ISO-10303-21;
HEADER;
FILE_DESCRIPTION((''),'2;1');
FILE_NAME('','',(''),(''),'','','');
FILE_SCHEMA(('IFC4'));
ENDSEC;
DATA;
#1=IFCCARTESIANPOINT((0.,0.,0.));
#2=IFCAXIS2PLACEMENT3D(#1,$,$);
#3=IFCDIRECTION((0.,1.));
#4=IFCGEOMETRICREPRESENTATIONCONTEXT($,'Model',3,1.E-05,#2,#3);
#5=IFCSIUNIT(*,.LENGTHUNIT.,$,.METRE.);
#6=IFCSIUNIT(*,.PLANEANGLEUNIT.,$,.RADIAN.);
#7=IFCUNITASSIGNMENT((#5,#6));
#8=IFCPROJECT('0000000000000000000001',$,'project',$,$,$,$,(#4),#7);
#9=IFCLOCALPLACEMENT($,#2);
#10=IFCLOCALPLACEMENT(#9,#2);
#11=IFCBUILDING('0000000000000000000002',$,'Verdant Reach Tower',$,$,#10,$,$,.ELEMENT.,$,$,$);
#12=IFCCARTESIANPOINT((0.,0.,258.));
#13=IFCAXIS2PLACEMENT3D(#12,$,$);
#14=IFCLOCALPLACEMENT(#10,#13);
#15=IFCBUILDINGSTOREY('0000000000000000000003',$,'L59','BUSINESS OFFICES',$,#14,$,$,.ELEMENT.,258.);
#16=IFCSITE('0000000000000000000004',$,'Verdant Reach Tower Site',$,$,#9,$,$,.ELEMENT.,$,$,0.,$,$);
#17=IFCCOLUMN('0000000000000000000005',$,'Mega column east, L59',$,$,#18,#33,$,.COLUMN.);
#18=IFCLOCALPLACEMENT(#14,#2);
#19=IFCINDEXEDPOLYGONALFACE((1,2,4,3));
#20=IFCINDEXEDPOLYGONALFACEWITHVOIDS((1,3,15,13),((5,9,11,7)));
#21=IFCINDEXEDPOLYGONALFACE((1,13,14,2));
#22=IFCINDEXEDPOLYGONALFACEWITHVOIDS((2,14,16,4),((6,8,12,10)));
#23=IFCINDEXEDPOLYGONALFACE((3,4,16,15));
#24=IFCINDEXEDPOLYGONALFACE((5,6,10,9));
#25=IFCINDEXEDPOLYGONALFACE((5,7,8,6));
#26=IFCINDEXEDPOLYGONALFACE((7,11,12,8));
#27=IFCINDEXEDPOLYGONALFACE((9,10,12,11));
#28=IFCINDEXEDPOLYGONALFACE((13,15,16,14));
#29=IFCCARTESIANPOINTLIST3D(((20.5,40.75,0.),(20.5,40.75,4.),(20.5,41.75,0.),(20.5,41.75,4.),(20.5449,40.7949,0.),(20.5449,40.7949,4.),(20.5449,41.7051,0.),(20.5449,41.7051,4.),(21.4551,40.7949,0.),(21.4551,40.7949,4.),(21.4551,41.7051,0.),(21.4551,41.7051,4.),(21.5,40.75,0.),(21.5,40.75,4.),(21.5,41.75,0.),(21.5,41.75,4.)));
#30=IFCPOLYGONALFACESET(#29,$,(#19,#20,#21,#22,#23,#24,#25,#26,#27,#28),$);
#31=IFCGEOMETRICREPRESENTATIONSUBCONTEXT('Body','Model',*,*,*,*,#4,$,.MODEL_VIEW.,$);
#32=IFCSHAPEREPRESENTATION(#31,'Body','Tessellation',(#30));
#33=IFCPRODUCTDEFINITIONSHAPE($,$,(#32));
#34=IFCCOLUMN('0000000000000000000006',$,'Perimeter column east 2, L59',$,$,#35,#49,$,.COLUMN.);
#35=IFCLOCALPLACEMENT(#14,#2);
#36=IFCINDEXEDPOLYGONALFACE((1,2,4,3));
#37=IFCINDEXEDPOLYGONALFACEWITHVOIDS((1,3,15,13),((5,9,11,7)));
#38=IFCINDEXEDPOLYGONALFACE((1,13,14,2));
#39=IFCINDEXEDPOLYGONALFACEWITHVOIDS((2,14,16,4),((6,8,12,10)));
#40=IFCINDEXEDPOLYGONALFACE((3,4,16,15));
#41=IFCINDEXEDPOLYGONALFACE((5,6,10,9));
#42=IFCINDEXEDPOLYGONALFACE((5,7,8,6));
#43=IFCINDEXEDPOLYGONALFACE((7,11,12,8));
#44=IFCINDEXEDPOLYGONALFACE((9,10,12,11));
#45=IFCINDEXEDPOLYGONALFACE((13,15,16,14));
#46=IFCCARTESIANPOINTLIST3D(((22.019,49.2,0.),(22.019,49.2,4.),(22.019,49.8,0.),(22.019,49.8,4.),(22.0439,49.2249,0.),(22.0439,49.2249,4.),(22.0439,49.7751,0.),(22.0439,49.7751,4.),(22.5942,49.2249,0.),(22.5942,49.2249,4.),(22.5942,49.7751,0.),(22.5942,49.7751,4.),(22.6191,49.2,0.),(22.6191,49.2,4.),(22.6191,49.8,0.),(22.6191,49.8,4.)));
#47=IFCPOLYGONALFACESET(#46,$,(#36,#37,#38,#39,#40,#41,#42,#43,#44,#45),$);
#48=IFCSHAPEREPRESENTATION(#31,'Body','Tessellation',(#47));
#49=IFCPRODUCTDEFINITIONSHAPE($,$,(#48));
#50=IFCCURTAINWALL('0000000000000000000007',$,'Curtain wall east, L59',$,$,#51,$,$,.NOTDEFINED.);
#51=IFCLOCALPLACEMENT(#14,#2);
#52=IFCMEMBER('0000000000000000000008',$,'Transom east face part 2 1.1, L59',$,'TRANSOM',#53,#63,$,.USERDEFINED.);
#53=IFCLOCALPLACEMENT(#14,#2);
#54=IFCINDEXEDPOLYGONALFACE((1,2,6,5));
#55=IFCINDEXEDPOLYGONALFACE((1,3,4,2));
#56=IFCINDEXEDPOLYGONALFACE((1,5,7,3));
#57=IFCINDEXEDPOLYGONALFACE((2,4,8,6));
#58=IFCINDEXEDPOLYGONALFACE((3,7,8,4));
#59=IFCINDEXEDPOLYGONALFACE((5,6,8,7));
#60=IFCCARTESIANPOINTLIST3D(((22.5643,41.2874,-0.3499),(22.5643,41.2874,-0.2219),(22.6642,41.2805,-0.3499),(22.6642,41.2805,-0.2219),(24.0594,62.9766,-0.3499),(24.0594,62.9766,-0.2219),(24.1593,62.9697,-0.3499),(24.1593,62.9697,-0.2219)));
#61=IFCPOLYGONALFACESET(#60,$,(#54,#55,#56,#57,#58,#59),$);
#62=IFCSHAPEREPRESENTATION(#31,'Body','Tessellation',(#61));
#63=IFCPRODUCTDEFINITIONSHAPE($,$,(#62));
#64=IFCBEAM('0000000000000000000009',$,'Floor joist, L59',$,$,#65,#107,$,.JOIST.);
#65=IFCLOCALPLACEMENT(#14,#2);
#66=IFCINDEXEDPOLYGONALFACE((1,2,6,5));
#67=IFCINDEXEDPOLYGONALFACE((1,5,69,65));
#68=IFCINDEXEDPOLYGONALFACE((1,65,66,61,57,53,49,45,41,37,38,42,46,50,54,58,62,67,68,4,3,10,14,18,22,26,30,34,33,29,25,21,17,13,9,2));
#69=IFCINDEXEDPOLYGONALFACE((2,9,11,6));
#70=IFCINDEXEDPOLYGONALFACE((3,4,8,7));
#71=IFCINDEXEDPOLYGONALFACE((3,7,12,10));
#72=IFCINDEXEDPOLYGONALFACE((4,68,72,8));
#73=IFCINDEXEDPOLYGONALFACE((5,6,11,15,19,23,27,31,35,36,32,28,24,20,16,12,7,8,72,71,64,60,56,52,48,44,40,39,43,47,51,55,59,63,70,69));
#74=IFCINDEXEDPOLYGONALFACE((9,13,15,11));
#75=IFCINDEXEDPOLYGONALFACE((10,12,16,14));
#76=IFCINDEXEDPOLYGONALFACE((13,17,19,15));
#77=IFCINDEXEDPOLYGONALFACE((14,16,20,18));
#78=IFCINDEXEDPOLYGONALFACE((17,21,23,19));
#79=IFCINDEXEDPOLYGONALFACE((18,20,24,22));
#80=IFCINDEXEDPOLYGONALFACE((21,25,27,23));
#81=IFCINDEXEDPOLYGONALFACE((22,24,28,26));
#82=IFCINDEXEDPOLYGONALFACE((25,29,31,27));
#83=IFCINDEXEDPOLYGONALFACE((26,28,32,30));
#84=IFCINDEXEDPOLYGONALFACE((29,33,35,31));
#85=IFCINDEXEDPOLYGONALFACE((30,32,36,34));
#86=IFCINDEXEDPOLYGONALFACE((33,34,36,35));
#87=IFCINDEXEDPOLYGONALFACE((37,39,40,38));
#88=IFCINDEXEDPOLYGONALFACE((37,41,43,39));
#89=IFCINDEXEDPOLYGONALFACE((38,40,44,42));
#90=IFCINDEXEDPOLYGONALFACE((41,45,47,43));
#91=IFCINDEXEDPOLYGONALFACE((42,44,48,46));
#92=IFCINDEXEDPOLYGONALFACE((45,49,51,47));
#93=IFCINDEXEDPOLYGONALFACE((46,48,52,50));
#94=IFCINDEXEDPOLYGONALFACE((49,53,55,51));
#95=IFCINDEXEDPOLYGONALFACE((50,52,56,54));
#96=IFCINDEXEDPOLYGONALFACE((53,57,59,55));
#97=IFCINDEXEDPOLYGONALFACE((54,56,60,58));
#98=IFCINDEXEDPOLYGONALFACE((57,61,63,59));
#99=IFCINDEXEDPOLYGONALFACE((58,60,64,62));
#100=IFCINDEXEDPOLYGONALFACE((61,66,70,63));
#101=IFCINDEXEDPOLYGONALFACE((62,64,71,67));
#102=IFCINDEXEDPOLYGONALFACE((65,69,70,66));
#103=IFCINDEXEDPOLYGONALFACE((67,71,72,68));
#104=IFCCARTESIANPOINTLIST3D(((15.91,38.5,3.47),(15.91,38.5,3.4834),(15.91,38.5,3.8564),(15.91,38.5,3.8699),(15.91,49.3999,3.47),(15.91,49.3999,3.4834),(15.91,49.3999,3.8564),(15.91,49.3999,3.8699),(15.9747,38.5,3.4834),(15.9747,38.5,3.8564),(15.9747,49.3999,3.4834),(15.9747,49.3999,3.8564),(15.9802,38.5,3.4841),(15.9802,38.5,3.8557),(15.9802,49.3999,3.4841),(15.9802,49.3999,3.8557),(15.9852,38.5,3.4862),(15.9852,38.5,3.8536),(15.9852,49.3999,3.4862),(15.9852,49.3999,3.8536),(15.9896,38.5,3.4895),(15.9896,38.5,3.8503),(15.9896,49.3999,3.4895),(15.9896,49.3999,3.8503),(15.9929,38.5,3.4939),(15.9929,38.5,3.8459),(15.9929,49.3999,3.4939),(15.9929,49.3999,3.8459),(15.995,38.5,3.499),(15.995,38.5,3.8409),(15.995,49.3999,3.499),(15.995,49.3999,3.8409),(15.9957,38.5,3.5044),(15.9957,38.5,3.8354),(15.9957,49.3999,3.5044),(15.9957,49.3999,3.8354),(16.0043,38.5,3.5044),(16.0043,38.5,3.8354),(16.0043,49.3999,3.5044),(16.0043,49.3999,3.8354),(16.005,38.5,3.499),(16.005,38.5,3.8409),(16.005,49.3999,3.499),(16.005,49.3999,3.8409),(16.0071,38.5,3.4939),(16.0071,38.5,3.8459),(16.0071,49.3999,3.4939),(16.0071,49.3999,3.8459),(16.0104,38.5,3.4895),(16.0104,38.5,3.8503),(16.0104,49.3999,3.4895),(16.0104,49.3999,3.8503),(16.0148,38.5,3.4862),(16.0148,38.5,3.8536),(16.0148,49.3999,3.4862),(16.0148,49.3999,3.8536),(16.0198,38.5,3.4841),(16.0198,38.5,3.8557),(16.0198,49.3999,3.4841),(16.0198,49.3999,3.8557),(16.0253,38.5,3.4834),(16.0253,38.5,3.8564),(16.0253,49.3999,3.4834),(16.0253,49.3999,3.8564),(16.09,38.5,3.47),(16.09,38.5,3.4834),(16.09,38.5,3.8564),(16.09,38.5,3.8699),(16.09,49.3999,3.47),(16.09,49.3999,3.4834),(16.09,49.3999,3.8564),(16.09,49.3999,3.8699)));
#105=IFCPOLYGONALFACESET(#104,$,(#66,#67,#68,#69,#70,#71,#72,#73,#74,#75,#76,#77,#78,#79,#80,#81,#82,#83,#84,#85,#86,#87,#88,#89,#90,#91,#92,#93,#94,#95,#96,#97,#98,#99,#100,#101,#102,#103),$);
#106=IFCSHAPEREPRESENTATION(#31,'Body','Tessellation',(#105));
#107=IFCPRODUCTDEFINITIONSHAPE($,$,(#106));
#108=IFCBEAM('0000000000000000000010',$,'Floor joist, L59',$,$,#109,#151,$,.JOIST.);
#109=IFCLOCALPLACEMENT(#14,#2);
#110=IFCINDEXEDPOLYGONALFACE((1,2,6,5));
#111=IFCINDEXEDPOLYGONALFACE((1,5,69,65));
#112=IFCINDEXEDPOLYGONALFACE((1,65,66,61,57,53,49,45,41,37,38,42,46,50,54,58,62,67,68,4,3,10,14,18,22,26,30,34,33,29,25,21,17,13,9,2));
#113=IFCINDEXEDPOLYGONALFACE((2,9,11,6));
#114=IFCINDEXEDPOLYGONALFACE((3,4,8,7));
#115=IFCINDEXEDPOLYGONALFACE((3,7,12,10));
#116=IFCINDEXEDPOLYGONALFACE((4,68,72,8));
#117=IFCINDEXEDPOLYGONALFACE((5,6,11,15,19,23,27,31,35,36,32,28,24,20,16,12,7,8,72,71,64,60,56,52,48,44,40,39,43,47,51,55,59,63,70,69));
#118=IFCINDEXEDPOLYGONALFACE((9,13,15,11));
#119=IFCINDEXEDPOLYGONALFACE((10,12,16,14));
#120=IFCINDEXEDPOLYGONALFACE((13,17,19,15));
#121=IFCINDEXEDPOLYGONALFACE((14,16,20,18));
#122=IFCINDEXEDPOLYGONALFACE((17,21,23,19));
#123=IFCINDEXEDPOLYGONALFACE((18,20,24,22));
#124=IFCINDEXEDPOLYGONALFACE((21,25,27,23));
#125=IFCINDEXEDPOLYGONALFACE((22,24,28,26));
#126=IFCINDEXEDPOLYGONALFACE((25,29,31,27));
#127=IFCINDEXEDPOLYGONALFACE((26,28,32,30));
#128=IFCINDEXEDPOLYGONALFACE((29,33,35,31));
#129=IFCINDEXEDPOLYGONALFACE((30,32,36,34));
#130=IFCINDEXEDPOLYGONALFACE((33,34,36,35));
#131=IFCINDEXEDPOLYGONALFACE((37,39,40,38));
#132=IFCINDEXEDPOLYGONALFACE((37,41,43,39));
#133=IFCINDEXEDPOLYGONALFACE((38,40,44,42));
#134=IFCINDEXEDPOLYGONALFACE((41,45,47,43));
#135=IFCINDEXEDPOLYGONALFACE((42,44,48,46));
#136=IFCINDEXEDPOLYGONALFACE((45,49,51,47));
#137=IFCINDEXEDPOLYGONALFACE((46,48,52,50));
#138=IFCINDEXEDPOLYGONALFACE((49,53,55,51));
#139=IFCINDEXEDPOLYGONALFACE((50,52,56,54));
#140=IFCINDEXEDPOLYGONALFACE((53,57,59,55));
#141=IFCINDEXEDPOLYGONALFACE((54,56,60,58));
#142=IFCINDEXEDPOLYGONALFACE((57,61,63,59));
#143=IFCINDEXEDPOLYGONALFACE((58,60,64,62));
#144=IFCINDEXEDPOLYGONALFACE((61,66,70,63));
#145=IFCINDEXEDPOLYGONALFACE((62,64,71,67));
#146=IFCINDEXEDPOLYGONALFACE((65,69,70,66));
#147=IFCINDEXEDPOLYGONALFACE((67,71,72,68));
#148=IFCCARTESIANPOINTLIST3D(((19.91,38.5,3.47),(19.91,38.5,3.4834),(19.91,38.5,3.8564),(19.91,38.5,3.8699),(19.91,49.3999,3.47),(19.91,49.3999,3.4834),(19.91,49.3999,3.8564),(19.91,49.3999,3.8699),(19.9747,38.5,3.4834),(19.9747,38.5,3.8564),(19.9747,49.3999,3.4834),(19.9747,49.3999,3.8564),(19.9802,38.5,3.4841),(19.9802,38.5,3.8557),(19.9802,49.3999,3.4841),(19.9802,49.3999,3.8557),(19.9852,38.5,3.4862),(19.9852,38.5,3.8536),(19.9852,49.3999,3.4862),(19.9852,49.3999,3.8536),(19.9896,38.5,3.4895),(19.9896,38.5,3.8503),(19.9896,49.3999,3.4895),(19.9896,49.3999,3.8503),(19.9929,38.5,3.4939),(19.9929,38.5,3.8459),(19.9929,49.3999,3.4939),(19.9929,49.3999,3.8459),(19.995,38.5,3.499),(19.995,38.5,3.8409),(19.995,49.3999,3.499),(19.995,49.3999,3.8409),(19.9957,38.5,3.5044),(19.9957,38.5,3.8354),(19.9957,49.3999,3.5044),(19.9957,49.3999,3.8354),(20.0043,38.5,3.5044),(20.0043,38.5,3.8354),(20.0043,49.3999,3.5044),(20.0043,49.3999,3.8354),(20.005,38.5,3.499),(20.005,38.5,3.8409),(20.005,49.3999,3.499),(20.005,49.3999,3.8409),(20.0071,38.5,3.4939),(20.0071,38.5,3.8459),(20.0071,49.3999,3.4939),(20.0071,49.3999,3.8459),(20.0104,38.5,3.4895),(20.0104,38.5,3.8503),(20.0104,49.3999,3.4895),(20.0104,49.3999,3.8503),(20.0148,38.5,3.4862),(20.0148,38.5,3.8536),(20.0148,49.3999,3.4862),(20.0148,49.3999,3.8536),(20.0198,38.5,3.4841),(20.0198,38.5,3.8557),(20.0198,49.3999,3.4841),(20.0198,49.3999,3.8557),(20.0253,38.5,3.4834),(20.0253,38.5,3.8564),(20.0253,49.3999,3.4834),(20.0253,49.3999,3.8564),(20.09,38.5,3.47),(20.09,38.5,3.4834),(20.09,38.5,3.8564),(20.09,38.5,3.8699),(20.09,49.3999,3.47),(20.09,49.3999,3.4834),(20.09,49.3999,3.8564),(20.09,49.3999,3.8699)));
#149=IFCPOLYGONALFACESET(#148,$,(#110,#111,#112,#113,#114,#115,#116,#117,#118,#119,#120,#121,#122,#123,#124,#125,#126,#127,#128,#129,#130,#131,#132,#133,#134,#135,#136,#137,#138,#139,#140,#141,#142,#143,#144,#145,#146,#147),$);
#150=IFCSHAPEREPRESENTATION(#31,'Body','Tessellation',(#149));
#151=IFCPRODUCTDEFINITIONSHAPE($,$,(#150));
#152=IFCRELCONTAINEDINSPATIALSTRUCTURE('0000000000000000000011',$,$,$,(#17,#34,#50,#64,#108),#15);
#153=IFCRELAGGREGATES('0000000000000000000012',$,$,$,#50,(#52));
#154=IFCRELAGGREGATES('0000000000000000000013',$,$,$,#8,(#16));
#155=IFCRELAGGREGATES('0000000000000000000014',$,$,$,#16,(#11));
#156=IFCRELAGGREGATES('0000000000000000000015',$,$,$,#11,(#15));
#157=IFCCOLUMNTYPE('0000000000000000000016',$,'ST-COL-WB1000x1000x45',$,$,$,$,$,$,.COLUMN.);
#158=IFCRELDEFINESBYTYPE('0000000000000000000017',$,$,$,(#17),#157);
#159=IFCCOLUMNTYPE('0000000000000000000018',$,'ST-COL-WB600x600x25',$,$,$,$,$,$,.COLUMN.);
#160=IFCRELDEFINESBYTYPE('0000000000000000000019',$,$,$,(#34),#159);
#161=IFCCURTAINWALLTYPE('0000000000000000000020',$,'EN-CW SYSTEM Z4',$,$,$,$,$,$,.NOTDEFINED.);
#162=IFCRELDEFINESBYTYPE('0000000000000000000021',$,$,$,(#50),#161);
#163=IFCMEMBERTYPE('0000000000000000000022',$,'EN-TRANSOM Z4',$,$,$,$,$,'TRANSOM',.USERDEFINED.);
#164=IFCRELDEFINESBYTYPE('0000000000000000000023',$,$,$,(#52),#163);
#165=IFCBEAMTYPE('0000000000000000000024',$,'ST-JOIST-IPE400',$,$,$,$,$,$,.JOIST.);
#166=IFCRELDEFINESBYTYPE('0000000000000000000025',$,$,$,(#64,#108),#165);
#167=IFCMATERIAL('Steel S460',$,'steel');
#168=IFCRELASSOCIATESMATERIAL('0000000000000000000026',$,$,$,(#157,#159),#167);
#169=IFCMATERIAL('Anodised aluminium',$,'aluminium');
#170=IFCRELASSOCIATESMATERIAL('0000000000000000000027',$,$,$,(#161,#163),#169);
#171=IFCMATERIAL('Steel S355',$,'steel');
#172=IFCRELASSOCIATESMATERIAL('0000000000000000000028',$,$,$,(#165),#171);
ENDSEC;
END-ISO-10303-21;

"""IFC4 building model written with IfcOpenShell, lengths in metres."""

from ifc_helpers import new_model, si_unit, direction, frame, origin, origin_2d, place, context, subcontext, project, spatial, rectangle, hollow_rectangle, i_section, extrude, material, material_profile, profile_set, type_object, element, aggregate, save


model = new_model("IFC4")

# Units and contexts
model_context = context("Model", 3, precision=1e-05, world=origin(), true_north=direction((0.0, 1.0)))
body_context = subcontext(model_context, "Body", "Model", "MODEL_VIEW")
ifc_project = project(units=[si_unit("LENGTHUNIT", "METRE"), si_unit("PLANEANGLEUNIT", "RADIAN")], contexts=[model_context])

# Site, building, storey
site_placement = place(None, origin())
site = spatial("IfcSite", under=ifc_project, at=site_placement, Name="Verdant Reach Tower Site", CompositionType="ELEMENT", RefElevation=0.0)
building_placement = place(site_placement, origin())
building = spatial("IfcBuilding", under=site, at=building_placement, Name="Verdant Reach Tower", CompositionType="ELEMENT")
storey_placement = place(building_placement, frame((0.0, 0.0, 258.0)))
storey = spatial("IfcBuildingStorey", under=building, at=storey_placement, Name="L59", Description="BUSINESS OFFICES", CompositionType="ELEMENT", Elevation=258.0)

# Columns
ifc_material_1 = material(Name="Steel S460", Category="steel")
ifc_material_profile_1 = material_profile(ifc_material_1, hollow_rectangle(XDim=1.0, YDim=1.0, WallThickness=0.0449, at=origin_2d()), Name="WB 1000x1000x45")
ifc_profile_set_1 = profile_set([ifc_material_profile_1], Name="Steel S460")
column_type_1 = type_object("IfcColumnType", Name="ST-COL-WB1000x1000x45", PredefinedType="COLUMN", material=ifc_profile_set_1)
column_1_placement = place(storey_placement, frame((21.0, 41.25, 0.0), z_axis=(0.0, 0.0, 1.0), x_axis=(1.0, 0.0, 0.0)))
element("IfcColumn", 1, at=column_1_placement, inside=storey, type_object=column_type_1, Name="Mega column east, L59", PredefinedType="COLUMN", context=body_context, shape_type="SweptSolid", body=[
    extrude(hollow_rectangle(XDim=1.0, YDim=1.0, WallThickness=0.0449, at=origin_2d()), origin(), (0.0, 0.0, 1.0), 4.0),
])
ifc_material_profile_2 = material_profile(ifc_material_1, hollow_rectangle(XDim=0.6001, YDim=0.6001, WallThickness=0.0249, at=origin_2d()), Name="WB 600x600x25")
ifc_profile_set_2 = profile_set([ifc_material_profile_2], Name="Steel S460")
column_type_2 = type_object("IfcColumnType", Name="ST-COL-WB600x600x25", PredefinedType="COLUMN", material=ifc_profile_set_2)
column_2_placement = place(storey_placement, frame((22.3191, 49.5, 0.0), z_axis=(0.0, 0.0, 1.0), x_axis=(1.0, 0.0, 0.0)))
element("IfcColumn", 2, at=column_2_placement, inside=storey, type_object=column_type_2, Name="Perimeter column east 2, L59", PredefinedType="COLUMN", context=body_context, shape_type="SweptSolid", body=[
    extrude(hollow_rectangle(XDim=0.6001, YDim=0.6001, WallThickness=0.0249, at=origin_2d()), origin(), (0.0, 0.0, 1.0), 4.0),
])

# Curtain wall, member
ifc_material_2 = material(Name="Anodised aluminium", Category="aluminium")
curtain_wall_type = type_object("IfcCurtainWallType", Name="EN-CW SYSTEM Z4", PredefinedType="NOTDEFINED", material=ifc_material_2)
curtain_wall_placement = place(storey_placement, origin())
curtain_wall = element("IfcCurtainWall", 3, at=curtain_wall_placement, inside=storey, type_object=curtain_wall_type, Name="Curtain wall east, L59", PredefinedType="NOTDEFINED")
ifc_material_profile_3 = material_profile(ifc_material_2, rectangle(XDim=0.1001, YDim=0.1279, at=origin_2d()), Name="Transom 128x100")
ifc_profile_set_3 = profile_set([ifc_material_profile_3], Name="Anodised aluminium")
member_type = type_object("IfcMemberType", Name="EN-TRANSOM Z4", ElementType="TRANSOM", PredefinedType="USERDEFINED", material=ifc_profile_set_3)
member_placement = place(storey_placement, frame((22.6143, 41.2839, -0.2859), z_axis=(0.06877, 0.997633, 0.0), x_axis=(-0.997633, 0.06877, 0.0)))
member = element("IfcMember", 4, at=member_placement, type_object=member_type, Name="Transom east face part 2 1.1, L59", ObjectType="TRANSOM", PredefinedType="USERDEFINED", context=body_context, shape_type="SweptSolid", body=[
    extrude(rectangle(XDim=0.1001, YDim=0.1279, at=origin_2d()), origin(), (0.0, 0.0, 1.0), 21.7407),
])

# Beams
ifc_material_3 = material(Name="Steel S355", Category="steel")
ifc_material_profile_4 = material_profile(ifc_material_3, i_section(OverallWidth=0.1799, OverallDepth=0.3999, WebThickness=0.0085, FlangeThickness=0.0134, FilletRadius=0.021, at=origin_2d()), Name="IPE 400")
ifc_profile_set_4 = profile_set([ifc_material_profile_4], Name="Steel S355")
beam_type_1 = type_object("IfcBeamType", Name="ST-JOIST-IPE400", PredefinedType="JOIST", material=ifc_profile_set_4)
for number, where, z_axis, x_axis, name in (
    (5, (16.0, 38.5, 3.6699), (0.0, 1.0, 0.0), (-1.0, 0.0, 0.0), "Floor joist, L59"),
    (6, (20.0, 38.5, 3.6699), (0.0, 1.0, 0.0), (-1.0, 0.0, 0.0), "Floor joist, L59"),
):
    element("IfcBeam", number, at=place(storey_placement, frame(where, z_axis=z_axis, x_axis=x_axis)), inside=storey, type_object=beam_type_1, Name=name, PredefinedType="JOIST", context=body_context, shape_type="SweptSolid", body=[
        extrude(i_section(OverallWidth=0.1799, OverallDepth=0.3999, WebThickness=0.0085, FlangeThickness=0.0134, FilletRadius=0.021, at=origin_2d()), origin(), (0.0, 0.0, 1.0), 10.8999),
    ])

aggregate(curtain_wall, [member])

save(model, "model.ifc")
